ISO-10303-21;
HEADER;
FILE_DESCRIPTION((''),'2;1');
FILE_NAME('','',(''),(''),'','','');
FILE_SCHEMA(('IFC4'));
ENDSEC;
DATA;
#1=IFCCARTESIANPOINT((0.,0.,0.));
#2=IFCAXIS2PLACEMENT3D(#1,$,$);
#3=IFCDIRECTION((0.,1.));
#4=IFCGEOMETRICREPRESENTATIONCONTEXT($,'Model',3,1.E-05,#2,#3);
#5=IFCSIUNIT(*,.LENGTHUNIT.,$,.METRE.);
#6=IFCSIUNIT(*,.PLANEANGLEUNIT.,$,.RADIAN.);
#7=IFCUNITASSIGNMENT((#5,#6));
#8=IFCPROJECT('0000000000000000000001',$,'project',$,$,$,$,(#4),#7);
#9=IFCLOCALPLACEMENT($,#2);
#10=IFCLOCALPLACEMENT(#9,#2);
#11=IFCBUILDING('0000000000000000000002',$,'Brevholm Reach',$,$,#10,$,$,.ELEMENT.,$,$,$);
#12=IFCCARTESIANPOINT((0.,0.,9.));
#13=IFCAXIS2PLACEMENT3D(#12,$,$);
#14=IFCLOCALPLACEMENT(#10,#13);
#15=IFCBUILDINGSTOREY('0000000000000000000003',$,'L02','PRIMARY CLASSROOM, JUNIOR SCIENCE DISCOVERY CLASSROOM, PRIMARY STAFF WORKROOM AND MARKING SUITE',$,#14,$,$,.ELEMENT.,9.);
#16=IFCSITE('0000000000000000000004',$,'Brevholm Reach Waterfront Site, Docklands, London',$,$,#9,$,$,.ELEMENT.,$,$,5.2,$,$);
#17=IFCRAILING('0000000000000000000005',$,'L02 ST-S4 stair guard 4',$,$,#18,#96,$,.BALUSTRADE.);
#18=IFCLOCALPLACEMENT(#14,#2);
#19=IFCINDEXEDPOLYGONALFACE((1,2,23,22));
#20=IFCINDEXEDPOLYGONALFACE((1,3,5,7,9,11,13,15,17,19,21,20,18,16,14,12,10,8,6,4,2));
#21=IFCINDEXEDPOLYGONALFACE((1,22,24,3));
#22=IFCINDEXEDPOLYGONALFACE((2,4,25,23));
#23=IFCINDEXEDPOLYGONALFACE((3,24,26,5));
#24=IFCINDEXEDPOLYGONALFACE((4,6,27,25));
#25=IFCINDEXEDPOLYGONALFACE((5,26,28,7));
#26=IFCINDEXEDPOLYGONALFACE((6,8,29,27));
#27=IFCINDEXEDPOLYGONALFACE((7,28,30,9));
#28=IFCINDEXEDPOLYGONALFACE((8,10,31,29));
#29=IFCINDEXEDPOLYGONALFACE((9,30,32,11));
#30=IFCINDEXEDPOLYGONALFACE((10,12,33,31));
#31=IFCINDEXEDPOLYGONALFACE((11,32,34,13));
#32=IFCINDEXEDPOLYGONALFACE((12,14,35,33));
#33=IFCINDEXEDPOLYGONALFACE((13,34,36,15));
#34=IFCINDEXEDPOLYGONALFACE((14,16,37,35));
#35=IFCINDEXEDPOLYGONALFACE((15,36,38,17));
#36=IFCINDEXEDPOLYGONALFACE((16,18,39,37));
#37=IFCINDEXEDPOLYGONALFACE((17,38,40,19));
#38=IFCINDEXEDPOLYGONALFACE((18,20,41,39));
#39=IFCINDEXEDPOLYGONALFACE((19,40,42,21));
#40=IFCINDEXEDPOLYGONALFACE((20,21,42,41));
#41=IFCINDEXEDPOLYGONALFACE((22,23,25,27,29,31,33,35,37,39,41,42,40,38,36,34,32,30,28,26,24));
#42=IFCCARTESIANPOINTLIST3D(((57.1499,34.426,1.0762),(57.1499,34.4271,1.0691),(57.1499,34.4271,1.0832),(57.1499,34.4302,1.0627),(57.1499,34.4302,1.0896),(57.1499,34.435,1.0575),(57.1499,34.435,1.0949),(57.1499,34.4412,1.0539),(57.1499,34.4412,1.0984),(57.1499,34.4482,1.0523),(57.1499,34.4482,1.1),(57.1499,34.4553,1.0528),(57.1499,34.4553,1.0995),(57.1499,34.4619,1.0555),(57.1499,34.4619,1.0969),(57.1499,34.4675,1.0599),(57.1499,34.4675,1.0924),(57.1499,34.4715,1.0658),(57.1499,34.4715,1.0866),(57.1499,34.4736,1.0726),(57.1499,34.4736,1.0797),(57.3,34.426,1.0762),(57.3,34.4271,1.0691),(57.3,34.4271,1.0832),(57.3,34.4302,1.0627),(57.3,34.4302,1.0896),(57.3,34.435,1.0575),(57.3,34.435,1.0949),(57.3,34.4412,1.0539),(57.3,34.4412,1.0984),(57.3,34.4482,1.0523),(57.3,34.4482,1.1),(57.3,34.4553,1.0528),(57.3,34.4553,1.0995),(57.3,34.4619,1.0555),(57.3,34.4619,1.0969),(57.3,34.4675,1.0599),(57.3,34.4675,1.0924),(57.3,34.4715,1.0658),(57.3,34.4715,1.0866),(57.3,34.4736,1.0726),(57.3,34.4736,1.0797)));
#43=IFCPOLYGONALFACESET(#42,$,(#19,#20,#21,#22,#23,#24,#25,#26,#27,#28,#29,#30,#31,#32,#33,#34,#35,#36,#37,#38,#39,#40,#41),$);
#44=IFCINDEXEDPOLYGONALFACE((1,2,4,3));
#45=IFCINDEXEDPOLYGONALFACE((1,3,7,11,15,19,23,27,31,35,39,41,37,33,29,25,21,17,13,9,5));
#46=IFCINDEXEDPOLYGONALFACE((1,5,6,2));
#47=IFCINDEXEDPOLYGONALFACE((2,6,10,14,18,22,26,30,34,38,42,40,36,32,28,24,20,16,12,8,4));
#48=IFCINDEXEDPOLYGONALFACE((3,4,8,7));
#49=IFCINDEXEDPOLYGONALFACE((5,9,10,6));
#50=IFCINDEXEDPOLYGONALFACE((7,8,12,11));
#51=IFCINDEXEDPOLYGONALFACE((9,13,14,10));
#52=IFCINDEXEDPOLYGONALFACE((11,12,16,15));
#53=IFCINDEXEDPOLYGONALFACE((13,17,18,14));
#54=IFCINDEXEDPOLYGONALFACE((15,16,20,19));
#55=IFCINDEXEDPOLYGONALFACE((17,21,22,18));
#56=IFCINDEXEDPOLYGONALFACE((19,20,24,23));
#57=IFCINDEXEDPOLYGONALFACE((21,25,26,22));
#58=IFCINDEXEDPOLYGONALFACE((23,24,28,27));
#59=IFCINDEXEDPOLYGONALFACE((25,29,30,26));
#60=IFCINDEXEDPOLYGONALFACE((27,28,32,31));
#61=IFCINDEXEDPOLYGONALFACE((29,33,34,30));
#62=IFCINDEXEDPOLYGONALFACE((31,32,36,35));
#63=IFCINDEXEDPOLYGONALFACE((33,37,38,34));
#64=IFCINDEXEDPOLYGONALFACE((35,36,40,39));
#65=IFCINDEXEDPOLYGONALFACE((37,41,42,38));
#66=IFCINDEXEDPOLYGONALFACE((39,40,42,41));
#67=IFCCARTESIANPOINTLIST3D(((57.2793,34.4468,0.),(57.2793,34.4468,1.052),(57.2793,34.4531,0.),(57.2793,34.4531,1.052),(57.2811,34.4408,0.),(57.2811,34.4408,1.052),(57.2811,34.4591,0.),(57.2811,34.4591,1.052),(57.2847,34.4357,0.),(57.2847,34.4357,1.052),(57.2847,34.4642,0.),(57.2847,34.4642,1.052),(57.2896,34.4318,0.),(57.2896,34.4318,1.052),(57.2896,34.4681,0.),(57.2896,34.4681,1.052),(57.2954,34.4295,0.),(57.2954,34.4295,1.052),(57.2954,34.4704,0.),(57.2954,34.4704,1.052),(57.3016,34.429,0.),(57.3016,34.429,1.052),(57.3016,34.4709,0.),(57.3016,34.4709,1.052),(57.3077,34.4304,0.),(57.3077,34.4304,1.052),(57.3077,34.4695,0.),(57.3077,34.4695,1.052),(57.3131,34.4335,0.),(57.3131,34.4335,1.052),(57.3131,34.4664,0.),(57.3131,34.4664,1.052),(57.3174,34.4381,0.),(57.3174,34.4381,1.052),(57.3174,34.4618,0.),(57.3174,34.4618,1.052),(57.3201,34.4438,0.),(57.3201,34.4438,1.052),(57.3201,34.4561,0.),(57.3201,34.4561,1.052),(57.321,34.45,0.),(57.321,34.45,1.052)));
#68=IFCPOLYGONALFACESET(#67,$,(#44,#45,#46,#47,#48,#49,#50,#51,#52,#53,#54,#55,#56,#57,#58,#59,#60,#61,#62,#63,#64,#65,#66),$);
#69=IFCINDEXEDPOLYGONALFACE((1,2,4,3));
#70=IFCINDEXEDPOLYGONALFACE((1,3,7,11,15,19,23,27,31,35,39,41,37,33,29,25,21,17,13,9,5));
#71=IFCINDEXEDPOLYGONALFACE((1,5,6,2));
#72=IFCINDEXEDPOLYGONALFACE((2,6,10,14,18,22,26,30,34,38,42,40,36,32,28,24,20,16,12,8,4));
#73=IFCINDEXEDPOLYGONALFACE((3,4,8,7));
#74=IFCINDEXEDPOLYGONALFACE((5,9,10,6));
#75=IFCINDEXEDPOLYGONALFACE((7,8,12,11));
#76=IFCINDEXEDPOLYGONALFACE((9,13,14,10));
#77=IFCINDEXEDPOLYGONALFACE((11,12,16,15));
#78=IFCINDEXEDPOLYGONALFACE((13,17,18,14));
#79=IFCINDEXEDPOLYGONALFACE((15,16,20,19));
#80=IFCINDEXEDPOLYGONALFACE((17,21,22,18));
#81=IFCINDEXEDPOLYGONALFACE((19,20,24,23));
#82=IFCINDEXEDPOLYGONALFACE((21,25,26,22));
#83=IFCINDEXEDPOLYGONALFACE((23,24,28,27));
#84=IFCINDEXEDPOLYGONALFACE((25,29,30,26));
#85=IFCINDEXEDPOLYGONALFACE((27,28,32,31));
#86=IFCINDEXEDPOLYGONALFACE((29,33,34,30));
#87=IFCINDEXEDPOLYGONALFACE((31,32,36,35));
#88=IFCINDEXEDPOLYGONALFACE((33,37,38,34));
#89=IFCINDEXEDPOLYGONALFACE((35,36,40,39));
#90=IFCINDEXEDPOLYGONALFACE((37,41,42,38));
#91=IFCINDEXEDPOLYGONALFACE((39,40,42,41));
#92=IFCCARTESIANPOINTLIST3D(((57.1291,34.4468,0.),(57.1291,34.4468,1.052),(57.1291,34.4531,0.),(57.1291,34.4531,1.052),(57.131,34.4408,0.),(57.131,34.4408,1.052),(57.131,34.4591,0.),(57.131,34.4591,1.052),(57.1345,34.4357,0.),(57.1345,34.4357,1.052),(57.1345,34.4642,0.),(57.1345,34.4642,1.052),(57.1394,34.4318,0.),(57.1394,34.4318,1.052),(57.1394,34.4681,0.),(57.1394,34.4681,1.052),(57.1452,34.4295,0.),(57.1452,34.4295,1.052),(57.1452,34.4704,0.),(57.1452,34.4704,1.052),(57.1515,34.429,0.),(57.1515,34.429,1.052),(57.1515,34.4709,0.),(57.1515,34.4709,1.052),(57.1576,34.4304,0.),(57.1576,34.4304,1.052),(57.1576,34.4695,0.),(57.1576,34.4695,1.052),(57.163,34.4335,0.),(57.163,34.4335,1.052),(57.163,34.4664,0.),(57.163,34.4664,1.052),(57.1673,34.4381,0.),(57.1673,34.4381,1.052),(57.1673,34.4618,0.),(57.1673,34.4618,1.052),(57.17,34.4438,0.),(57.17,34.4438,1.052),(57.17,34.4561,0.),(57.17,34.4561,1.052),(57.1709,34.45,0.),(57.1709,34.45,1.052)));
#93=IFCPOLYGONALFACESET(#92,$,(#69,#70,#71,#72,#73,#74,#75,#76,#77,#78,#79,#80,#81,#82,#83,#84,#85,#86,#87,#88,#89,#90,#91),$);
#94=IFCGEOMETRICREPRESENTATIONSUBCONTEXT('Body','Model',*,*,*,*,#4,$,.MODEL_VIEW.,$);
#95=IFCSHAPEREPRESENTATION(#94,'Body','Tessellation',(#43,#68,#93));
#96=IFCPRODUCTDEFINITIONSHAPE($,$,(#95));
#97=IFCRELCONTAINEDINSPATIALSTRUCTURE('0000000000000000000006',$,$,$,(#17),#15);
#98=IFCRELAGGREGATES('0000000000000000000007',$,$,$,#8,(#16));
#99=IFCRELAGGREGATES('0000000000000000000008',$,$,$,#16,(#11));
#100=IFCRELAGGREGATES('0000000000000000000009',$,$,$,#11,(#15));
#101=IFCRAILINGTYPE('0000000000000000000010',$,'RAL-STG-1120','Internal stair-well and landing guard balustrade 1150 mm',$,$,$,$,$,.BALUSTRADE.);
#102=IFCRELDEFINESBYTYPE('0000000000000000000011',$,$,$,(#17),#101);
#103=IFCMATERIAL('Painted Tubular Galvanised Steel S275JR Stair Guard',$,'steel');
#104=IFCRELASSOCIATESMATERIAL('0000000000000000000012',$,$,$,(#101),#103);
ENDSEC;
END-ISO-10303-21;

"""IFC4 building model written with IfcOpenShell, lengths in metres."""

from ifc_helpers import new_model, si_unit, direction, frame, origin, origin_2d, place, context, subcontext, project, spatial, circle, extrude, material, type_object, element, save


model = new_model("IFC4")

# Units and contexts
model_context = context("Model", 3, precision=1e-05, world=origin(), true_north=direction((0.0, 1.0)))
body_context = subcontext(model_context, "Body", "Model", "MODEL_VIEW")
ifc_project = project(units=[si_unit("LENGTHUNIT", "METRE"), si_unit("PLANEANGLEUNIT", "RADIAN")], contexts=[model_context])

# Site, building, storey
site_placement = place(None, origin())
site = spatial("IfcSite", under=ifc_project, at=site_placement, Name="Brevholm Reach Waterfront Site, Docklands, London", CompositionType="ELEMENT", RefElevation=5.2)
building_placement = place(site_placement, origin())
building = spatial("IfcBuilding", under=site, at=building_placement, Name="Brevholm Reach", CompositionType="ELEMENT")
storey_placement = place(building_placement, frame((0.0, 0.0, 9.0)))
storey = spatial("IfcBuildingStorey", under=building, at=storey_placement, Name="L02", Description="PRIMARY CLASSROOM, JUNIOR SCIENCE DISCOVERY CLASSROOM, PRIMARY STAFF WORKROOM AND MARKING SUITE", CompositionType="ELEMENT", Elevation=9.0)

# Railing
ifc_material_1 = material(Name="Painted Tubular Galvanised Steel S275JR Stair Guard", Category="steel")
railing_type_1 = type_object("IfcRailingType", Name="RAL-STG-1120", Description="Internal stair-well and landing guard balustrade 1150 mm", PredefinedType="BALUSTRADE", material=ifc_material_1)
railing_1_placement = place(storey_placement, frame((57.3, 34.45, 0.0)))
element("IfcRailing", 1, at=railing_1_placement, inside=storey, type_object=railing_type_1, Name="L02 ST-S4 stair guard 4", PredefinedType="BALUSTRADE", context=body_context, shape_type="SweptSolid", body=[
    extrude(circle(Radius=0.0239, at=origin_2d()), frame((0.0, 0.0, 1.0762), z_axis=(-1.0, 0.0, 0.0), x_axis=(0.0, -1.0, 0.0)), (0.0, 0.0, 1.0), 0.1501),
    extrude(circle(Radius=0.021, at=origin_2d()), origin(), (0.0, 0.0, 1.0), 1.052),
    extrude(circle(Radius=0.021, at=origin_2d()), frame((-0.1501, 0.0, 0.0)), (0.0, 0.0, 1.0), 1.052),
])

save(model, "model.ifc")
